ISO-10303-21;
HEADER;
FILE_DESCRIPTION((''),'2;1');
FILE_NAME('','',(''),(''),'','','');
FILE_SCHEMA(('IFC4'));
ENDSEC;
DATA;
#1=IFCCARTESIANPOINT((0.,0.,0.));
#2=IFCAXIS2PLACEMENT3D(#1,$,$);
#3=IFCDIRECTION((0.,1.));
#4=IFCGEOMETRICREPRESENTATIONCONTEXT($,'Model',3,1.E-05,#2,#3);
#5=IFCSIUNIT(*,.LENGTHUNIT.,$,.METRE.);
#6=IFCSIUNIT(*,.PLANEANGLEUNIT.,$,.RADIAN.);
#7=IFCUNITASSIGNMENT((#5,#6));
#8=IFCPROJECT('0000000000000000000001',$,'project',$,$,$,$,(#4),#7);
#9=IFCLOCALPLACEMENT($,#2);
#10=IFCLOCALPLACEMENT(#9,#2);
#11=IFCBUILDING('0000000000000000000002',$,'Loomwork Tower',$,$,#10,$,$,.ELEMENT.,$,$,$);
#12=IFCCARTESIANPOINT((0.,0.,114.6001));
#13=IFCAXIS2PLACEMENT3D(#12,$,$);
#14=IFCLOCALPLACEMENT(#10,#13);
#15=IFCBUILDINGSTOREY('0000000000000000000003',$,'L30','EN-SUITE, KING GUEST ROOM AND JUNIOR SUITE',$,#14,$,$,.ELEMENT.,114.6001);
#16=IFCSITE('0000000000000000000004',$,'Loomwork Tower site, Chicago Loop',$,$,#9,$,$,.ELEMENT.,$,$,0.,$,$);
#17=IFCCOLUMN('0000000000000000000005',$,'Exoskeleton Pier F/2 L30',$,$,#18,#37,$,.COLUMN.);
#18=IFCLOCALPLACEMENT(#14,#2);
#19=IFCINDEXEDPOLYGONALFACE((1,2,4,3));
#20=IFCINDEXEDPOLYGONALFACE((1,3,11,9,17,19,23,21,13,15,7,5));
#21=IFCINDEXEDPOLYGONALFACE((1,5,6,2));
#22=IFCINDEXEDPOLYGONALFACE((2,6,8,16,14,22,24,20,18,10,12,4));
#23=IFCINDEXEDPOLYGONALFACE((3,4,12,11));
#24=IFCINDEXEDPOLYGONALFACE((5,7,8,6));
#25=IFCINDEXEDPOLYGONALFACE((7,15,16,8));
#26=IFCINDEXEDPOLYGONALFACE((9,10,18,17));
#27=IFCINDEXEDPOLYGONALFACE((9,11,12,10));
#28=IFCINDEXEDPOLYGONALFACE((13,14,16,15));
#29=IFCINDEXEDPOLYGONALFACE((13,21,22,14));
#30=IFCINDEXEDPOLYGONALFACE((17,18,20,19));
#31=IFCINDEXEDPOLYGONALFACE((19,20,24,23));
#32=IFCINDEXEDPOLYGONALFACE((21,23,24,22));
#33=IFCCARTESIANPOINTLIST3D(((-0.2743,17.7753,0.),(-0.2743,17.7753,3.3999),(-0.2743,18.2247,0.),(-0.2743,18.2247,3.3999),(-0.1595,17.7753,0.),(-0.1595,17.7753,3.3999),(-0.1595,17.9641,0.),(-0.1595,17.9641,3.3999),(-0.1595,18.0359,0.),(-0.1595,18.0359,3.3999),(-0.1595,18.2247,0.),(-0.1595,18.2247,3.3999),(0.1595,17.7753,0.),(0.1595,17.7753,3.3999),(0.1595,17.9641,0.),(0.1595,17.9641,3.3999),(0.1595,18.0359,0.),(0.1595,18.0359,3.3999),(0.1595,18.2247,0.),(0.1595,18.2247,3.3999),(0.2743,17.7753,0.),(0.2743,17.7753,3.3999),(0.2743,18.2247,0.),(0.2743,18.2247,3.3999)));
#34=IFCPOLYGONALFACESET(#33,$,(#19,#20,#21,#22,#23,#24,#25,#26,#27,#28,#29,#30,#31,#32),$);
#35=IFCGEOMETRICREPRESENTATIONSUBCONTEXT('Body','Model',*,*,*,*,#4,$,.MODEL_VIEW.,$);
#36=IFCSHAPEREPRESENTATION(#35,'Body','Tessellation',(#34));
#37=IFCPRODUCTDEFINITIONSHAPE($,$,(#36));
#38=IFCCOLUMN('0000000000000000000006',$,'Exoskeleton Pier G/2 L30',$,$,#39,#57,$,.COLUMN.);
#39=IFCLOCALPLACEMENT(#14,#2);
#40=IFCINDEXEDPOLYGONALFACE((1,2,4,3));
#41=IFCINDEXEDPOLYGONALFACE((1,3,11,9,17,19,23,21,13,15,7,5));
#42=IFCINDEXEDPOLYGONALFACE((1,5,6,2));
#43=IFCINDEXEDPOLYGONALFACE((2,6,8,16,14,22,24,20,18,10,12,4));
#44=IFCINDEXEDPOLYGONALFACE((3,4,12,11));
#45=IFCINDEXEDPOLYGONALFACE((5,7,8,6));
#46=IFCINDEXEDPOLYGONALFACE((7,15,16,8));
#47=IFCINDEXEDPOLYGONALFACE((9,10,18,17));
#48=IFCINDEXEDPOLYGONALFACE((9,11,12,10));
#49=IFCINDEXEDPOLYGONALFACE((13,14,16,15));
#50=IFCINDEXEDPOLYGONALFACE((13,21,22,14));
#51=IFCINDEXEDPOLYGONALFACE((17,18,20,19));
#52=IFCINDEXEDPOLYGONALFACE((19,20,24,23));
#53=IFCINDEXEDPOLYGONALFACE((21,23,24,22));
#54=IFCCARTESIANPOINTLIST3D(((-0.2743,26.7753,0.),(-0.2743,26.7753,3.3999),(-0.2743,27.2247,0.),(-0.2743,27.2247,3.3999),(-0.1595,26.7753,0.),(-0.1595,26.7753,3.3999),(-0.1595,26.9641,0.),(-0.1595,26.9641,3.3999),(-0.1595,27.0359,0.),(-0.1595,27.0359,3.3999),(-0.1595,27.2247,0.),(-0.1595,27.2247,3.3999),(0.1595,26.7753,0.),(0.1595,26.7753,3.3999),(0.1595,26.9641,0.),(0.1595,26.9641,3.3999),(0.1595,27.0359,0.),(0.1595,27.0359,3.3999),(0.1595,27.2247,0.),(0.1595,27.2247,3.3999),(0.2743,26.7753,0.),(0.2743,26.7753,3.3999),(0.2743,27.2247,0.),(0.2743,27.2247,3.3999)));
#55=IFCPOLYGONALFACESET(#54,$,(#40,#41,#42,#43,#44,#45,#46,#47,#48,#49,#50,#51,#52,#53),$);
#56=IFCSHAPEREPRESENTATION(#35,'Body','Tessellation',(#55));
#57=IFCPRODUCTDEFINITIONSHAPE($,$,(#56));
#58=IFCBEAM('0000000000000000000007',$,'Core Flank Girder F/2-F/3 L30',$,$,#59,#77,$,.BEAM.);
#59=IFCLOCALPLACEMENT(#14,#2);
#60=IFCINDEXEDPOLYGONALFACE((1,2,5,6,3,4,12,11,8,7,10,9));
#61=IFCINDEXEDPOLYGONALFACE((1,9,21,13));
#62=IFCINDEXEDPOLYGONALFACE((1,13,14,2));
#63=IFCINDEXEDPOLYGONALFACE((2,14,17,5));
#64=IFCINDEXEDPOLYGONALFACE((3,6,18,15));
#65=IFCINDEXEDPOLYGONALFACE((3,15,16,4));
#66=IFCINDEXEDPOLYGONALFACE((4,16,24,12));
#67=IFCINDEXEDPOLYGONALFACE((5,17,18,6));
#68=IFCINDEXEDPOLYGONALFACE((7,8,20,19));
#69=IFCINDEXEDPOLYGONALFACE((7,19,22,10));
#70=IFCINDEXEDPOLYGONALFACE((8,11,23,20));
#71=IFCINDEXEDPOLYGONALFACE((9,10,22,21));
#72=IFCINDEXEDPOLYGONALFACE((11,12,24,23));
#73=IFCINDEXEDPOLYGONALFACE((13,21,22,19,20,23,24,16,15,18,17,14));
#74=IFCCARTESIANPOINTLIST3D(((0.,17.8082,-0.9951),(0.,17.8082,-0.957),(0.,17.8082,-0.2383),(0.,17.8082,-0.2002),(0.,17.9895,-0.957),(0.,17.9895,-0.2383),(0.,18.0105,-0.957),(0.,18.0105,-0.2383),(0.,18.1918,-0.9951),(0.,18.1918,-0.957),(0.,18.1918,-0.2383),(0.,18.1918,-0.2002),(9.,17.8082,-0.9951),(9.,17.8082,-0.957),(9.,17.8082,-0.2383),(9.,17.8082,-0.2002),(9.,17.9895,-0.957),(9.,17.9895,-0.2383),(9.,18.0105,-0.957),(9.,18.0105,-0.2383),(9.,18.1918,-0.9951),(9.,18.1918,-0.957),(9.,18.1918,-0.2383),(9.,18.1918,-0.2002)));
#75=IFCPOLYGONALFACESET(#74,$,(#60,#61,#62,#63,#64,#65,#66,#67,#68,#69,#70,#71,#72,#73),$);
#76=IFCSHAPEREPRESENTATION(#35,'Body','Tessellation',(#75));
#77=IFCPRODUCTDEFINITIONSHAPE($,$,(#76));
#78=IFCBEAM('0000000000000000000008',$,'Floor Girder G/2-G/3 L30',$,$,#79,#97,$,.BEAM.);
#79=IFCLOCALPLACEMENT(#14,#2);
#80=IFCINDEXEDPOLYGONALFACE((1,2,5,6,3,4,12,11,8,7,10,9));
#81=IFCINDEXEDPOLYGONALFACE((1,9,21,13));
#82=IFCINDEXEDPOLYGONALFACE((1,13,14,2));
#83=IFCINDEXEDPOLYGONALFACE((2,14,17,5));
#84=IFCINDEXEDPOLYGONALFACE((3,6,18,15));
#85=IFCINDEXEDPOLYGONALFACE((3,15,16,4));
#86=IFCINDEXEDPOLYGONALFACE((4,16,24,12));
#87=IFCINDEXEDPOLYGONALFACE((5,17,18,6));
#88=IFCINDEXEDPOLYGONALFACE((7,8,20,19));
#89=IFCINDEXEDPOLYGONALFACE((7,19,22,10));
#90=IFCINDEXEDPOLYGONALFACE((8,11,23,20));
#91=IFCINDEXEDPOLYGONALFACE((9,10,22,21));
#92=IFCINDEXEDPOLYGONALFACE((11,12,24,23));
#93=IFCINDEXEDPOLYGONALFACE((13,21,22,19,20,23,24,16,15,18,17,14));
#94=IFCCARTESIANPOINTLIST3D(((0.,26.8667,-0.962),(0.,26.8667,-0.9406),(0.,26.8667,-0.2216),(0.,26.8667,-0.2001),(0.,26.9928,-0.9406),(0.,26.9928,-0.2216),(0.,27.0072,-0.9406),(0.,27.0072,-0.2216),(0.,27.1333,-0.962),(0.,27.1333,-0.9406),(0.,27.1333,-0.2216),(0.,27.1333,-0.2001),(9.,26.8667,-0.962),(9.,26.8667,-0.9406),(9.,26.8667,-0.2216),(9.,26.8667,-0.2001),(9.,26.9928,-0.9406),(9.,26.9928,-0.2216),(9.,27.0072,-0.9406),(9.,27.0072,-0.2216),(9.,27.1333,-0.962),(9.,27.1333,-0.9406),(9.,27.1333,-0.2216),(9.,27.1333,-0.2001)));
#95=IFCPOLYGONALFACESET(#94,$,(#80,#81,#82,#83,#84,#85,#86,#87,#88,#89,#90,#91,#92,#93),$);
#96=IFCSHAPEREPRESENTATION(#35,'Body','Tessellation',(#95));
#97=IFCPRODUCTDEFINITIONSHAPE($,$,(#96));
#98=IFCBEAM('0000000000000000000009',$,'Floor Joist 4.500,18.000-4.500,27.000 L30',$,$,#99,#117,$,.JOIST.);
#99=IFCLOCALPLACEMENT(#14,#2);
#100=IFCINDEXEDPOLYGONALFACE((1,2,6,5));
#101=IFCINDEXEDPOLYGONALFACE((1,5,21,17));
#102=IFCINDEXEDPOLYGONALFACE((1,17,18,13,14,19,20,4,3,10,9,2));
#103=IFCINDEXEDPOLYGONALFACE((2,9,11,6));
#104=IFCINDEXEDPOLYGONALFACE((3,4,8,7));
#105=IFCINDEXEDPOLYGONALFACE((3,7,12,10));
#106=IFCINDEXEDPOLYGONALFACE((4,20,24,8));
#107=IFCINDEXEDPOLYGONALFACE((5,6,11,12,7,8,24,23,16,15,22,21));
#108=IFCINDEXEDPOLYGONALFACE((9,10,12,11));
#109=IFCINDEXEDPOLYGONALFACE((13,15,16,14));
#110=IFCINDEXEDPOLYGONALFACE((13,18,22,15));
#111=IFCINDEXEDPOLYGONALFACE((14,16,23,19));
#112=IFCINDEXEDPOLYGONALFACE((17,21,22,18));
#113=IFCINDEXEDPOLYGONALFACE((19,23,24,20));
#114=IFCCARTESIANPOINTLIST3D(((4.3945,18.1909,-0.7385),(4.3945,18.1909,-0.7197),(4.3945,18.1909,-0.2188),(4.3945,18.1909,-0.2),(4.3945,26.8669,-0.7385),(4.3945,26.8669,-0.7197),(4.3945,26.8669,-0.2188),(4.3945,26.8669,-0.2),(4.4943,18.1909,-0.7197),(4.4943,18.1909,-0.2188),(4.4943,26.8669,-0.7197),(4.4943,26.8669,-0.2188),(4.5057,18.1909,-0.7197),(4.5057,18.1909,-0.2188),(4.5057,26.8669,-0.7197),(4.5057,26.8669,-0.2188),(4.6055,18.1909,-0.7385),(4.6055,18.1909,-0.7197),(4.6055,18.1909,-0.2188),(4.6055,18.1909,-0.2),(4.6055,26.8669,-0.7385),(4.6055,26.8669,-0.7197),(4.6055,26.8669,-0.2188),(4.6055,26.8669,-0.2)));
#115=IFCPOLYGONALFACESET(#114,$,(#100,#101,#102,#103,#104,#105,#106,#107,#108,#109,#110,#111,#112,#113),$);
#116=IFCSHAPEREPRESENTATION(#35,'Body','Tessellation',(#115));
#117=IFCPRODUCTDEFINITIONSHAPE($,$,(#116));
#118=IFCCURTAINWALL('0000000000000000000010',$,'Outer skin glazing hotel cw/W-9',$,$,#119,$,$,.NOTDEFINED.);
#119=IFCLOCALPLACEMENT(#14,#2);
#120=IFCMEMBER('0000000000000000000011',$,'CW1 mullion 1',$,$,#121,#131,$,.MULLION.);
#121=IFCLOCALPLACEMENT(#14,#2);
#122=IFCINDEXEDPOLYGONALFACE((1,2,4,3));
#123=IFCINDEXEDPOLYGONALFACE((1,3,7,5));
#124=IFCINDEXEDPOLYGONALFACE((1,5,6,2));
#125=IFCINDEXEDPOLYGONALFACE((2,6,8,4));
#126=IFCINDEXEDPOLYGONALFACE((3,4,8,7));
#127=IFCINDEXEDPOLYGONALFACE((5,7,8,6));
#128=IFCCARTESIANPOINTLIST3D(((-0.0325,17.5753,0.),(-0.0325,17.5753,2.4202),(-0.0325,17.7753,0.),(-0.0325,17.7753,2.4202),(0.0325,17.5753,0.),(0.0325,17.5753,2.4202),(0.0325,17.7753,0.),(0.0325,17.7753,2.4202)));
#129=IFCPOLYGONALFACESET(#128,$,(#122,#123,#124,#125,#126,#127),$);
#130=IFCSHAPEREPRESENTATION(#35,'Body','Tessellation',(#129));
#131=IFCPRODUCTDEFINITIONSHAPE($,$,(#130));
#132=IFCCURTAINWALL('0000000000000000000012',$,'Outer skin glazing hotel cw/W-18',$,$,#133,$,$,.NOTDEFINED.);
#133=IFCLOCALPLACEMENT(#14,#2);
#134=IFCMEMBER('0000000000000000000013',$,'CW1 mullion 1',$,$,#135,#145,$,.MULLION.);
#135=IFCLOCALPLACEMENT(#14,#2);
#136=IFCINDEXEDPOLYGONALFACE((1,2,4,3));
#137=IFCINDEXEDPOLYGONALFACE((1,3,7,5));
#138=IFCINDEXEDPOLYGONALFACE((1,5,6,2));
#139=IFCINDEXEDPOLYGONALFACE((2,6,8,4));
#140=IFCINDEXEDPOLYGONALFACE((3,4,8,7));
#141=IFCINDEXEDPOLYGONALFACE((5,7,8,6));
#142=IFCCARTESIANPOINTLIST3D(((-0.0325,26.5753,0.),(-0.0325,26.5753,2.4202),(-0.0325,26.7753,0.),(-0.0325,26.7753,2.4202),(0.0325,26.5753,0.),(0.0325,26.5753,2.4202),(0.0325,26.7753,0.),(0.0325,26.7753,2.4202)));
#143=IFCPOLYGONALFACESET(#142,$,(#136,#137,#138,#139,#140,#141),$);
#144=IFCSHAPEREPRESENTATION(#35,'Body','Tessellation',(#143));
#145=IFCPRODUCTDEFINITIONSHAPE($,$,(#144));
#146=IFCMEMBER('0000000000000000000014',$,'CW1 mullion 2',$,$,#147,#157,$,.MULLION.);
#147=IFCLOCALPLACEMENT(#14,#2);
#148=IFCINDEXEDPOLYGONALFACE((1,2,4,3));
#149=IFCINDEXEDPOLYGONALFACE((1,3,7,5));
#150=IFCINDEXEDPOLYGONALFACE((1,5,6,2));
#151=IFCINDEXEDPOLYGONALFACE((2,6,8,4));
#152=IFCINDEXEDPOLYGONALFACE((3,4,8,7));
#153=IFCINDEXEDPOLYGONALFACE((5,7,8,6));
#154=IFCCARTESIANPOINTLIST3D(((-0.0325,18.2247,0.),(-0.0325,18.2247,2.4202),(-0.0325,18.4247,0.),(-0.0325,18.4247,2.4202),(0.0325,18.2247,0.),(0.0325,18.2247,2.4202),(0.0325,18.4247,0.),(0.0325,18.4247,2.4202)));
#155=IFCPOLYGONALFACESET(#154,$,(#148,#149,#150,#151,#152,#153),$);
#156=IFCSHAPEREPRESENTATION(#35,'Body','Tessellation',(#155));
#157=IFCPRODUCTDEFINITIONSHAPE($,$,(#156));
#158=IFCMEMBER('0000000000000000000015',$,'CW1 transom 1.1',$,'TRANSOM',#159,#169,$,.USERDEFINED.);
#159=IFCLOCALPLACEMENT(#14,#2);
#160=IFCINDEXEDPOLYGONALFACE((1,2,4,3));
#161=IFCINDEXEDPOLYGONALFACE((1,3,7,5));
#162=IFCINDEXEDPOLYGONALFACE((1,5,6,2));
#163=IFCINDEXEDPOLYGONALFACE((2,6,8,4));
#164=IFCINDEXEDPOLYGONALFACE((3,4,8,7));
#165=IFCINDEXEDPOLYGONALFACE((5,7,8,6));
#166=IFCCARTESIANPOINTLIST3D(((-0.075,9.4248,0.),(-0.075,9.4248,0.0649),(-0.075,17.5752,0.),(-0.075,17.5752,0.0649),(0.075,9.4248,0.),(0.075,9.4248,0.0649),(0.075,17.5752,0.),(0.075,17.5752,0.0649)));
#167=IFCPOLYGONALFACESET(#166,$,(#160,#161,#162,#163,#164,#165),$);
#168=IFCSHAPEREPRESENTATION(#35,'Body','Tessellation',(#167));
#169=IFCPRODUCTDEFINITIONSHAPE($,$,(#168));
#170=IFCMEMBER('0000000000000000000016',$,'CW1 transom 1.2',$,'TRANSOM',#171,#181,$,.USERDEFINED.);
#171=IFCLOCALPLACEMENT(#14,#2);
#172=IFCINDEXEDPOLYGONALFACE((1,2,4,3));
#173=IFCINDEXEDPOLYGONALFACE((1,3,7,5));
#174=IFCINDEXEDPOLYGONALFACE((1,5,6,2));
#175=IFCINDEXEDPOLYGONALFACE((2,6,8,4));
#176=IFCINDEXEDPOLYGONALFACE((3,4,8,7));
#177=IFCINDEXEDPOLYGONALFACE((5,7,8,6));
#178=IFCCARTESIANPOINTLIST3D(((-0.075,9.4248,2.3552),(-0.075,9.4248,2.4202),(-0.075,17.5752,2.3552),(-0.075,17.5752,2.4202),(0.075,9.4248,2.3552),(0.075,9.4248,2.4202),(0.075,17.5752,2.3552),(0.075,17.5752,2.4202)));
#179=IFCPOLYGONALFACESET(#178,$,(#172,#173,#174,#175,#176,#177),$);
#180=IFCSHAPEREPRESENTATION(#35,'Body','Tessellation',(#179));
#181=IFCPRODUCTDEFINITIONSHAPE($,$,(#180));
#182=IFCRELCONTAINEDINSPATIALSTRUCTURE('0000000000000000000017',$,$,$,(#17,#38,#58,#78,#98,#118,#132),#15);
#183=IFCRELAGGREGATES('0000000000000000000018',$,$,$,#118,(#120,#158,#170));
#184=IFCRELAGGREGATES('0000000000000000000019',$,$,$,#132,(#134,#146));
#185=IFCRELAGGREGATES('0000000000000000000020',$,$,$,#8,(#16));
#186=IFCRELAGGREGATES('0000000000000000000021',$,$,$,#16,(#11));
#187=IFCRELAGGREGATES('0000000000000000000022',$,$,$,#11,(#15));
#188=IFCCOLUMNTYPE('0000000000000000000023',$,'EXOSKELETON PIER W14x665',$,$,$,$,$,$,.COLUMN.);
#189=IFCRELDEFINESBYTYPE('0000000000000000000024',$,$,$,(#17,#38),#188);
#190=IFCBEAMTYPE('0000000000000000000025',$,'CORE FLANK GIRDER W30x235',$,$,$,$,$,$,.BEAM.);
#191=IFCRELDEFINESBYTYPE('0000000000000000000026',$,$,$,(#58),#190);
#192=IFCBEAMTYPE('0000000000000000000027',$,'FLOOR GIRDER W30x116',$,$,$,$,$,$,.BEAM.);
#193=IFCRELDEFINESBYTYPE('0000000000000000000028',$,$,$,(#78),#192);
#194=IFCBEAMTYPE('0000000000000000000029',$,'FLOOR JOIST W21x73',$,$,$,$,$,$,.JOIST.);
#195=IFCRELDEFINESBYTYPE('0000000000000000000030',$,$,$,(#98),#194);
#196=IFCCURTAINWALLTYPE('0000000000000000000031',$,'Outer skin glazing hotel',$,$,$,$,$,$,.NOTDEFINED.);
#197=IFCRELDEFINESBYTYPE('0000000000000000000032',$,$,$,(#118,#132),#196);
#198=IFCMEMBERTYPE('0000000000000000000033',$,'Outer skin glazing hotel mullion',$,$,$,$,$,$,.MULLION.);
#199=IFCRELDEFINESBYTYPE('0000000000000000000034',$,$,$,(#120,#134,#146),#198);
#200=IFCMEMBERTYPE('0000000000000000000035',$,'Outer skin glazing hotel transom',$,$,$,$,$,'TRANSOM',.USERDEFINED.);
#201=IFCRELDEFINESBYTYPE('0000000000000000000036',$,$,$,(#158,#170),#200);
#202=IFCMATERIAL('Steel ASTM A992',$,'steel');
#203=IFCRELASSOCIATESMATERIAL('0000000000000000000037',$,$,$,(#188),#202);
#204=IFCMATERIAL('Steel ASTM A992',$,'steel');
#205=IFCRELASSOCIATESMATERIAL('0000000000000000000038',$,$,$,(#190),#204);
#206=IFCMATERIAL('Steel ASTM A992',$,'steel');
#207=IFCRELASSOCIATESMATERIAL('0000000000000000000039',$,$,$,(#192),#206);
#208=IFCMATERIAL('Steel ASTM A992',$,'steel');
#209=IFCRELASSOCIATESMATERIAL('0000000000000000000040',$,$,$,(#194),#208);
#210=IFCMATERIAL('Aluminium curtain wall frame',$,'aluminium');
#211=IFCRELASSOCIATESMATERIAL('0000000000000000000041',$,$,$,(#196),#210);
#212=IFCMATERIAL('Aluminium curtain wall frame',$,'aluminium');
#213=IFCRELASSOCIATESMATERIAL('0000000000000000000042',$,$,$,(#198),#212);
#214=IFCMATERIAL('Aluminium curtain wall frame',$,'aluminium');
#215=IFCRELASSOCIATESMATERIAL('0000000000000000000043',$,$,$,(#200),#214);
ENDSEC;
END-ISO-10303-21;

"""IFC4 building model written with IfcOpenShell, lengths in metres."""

from ifc_helpers import new_model, si_unit, direction, frame, origin, origin_2d, place, context, subcontext, project, spatial, rectangle, i_section, extrude, material, material_profile, profile_set, type_object, element, aggregate, save


model = new_model("IFC4")

# Units and contexts
model_context = context("Model", 3, precision=1e-05, world=origin(), true_north=direction((0.0, 1.0)))
body_context = subcontext(model_context, "Body", "Model", "MODEL_VIEW")
ifc_project = project(units=[si_unit("LENGTHUNIT", "METRE"), si_unit("PLANEANGLEUNIT", "RADIAN")], contexts=[model_context])

# Site, building, storey
site_placement = place(None, origin())
site = spatial("IfcSite", under=ifc_project, at=site_placement, Name="Loomwork Tower site, Chicago Loop", CompositionType="ELEMENT", RefElevation=0.0)
building_placement = place(site_placement, origin())
building = spatial("IfcBuilding", under=site, at=building_placement, Name="Loomwork Tower", CompositionType="ELEMENT")
storey_placement = place(building_placement, frame((0.0, 0.0, 114.6001)))
storey = spatial("IfcBuildingStorey", under=building, at=storey_placement, Name="L30", Description="EN-SUITE, KING GUEST ROOM AND JUNIOR SUITE", CompositionType="ELEMENT", Elevation=114.6001)

# Columns
ifc_material_1 = material(Name="Steel ASTM A992", Category="steel")
ifc_material_profile_1 = material_profile(ifc_material_1, i_section(OverallWidth=0.4495, OverallDepth=0.5486, WebThickness=0.0718, FlangeThickness=0.1147, at=origin_2d()), Name="W14x665")
ifc_profile_set_1 = profile_set([ifc_material_profile_1], Name="Steel ASTM A992")
column_type = type_object("IfcColumnType", Name="EXOSKELETON PIER W14x665", PredefinedType="COLUMN", material=ifc_profile_set_1)
for number, where, z_axis, x_axis, name in (
    (1, (0.0, 18.0, 0.0), (0.0, 0.0, 1.0), (0.0, 1.0, 0.0), "Exoskeleton Pier F/2 L30"),
    (2, (0.0, 27.0, 0.0), (0.0, 0.0, 1.0), (0.0, 1.0, 0.0), "Exoskeleton Pier G/2 L30"),
):
    element("IfcColumn", number, at=place(storey_placement, frame(where, z_axis=z_axis, x_axis=x_axis)), inside=storey, type_object=column_type, Name=name, PredefinedType="COLUMN", context=body_context, shape_type="SweptSolid", body=[
        extrude(i_section(OverallWidth=0.4495, OverallDepth=0.5486, WebThickness=0.0718, FlangeThickness=0.1147, at=origin_2d()), origin(), (0.0, 0.0, 1.0), 3.3999),
    ])

# Beams
ifc_material_2 = material(Name="Steel ASTM A992", Category="steel")
ifc_material_profile_2 = material_profile(ifc_material_2, i_section(OverallWidth=0.3835, OverallDepth=0.7949, WebThickness=0.021, FlangeThickness=0.0381, at=origin_2d()), Name="W30x235")
ifc_profile_set_2 = profile_set([ifc_material_profile_2], Name="Steel ASTM A992")
beam_type_1 = type_object("IfcBeamType", Name="CORE FLANK GIRDER W30x235", PredefinedType="BEAM", material=ifc_profile_set_2)
beam_1_placement = place(storey_placement, frame((0.0, 18.0, -0.5977), z_axis=(1.0, 0.0, 0.0), x_axis=(0.0, 1.0, 0.0)))
element("IfcBeam", 3, at=beam_1_placement, inside=storey, type_object=beam_type_1, Name="Core Flank Girder F/2-F/3 L30", PredefinedType="BEAM", context=body_context, shape_type="SweptSolid", body=[
    extrude(i_section(OverallWidth=0.3835, OverallDepth=0.7949, WebThickness=0.021, FlangeThickness=0.0381, at=origin_2d()), origin(), (0.0, 0.0, 1.0), 9.0),
])
ifc_material_3 = material(Name="Steel ASTM A992", Category="steel")
ifc_material_profile_3 = material_profile(ifc_material_3, i_section(OverallWidth=0.2666, OverallDepth=0.762, WebThickness=0.0144, FlangeThickness=0.0215, at=origin_2d()), Name="W30x116")
ifc_profile_set_3 = profile_set([ifc_material_profile_3], Name="Steel ASTM A992")
beam_type_2 = type_object("IfcBeamType", Name="FLOOR GIRDER W30x116", PredefinedType="BEAM", material=ifc_profile_set_3)
beam_2_placement = place(storey_placement, frame((0.0, 27.0, -0.5811), z_axis=(1.0, 0.0, 0.0), x_axis=(0.0, 1.0, 0.0)))
element("IfcBeam", 4, at=beam_2_placement, inside=storey, type_object=beam_type_2, Name="Floor Girder G/2-G/3 L30", PredefinedType="BEAM", context=body_context, shape_type="SweptSolid", body=[
    extrude(i_section(OverallWidth=0.2666, OverallDepth=0.762, WebThickness=0.0144, FlangeThickness=0.0215, at=origin_2d()), origin(), (0.0, 0.0, 1.0), 9.0),
])
ifc_material_4 = material(Name="Steel ASTM A992", Category="steel")
ifc_material_profile_4 = material_profile(ifc_material_4, i_section(OverallWidth=0.2109, OverallDepth=0.5386, WebThickness=0.0115, FlangeThickness=0.0188, at=origin_2d()), Name="W21x73")
ifc_profile_set_4 = profile_set([ifc_material_profile_4], Name="Steel ASTM A992")
beam_type_3 = type_object("IfcBeamType", Name="FLOOR JOIST W21x73", PredefinedType="JOIST", material=ifc_profile_set_4)
beam_3_placement = place(storey_placement, frame((4.5, 18.1909, -0.4692), z_axis=(0.0, 1.0, 0.0), x_axis=(-1.0, 0.0, 0.0)))
element("IfcBeam", 5, at=beam_3_placement, inside=storey, type_object=beam_type_3, Name="Floor Joist 4.500,18.000-4.500,27.000 L30", PredefinedType="JOIST", context=body_context, shape_type="SweptSolid", body=[
    extrude(i_section(OverallWidth=0.2109, OverallDepth=0.5386, WebThickness=0.0115, FlangeThickness=0.0188, at=origin_2d()), origin(), (0.0, 0.0, 1.0), 8.676),
])

# Curtain wall, member
ifc_material_5 = material(Name="Aluminium curtain wall frame", Category="aluminium")
curtain_wall_type = type_object("IfcCurtainWallType", Name="Outer skin glazing hotel", PredefinedType="NOTDEFINED", material=ifc_material_5)
curtain_wall_1_placement = place(storey_placement, origin())
curtain_wall_1 = element("IfcCurtainWall", 6, at=curtain_wall_1_placement, inside=storey, type_object=curtain_wall_type, Name="Outer skin glazing hotel cw/W-9", PredefinedType="NOTDEFINED")
ifc_material_6 = material(Name="Aluminium curtain wall frame", Category="aluminium")
ifc_material_profile_5 = material_profile(ifc_material_6, rectangle(XDim=0.0649, YDim=0.2, at=origin_2d()), Name="AL 65x200")
ifc_profile_set_5 = profile_set([ifc_material_profile_5], Name="Aluminium curtain wall frame")
member_type_1 = type_object("IfcMemberType", Name="Outer skin glazing hotel mullion", PredefinedType="MULLION", material=ifc_profile_set_5)
member_1_placement = place(storey_placement, frame((0.0, 17.6753, 0.0), z_axis=(0.0, 0.0, 1.0), x_axis=(1.0, 0.0, 0.0)))
member_1 = element("IfcMember", 7, at=member_1_placement, type_object=member_type_1, Name="CW1 mullion 1", PredefinedType="MULLION", context=body_context, shape_type="SweptSolid", body=[
    extrude(rectangle(XDim=0.0649, YDim=0.2, at=origin_2d()), origin(), (0.0, 0.0, 1.0), 2.4202),
])

# Curtain wall, members
curtain_wall_2_placement = place(storey_placement, origin())
curtain_wall_2 = element("IfcCurtainWall", 8, at=curtain_wall_2_placement, inside=storey, type_object=curtain_wall_type, Name="Outer skin glazing hotel cw/W-18", PredefinedType="NOTDEFINED")
member_2_placement = place(storey_placement, frame((0.0, 26.6753, 0.0), z_axis=(0.0, 0.0, 1.0), x_axis=(1.0, 0.0, 0.0)))
member_2 = element("IfcMember", 9, at=member_2_placement, type_object=member_type_1, Name="CW1 mullion 1", PredefinedType="MULLION", context=body_context, shape_type="SweptSolid", body=[
    extrude(rectangle(XDim=0.0649, YDim=0.2, at=origin_2d()), origin(), (0.0, 0.0, 1.0), 2.4202),
])
member_3_placement = place(storey_placement, frame((0.0, 18.3247, 0.0), z_axis=(0.0, 0.0, 1.0), x_axis=(1.0, 0.0, 0.0)))
member_3 = element("IfcMember", 10, at=member_3_placement, type_object=member_type_1, Name="CW1 mullion 2", PredefinedType="MULLION", context=body_context, shape_type="SweptSolid", body=[
    extrude(rectangle(XDim=0.0649, YDim=0.2, at=origin_2d()), origin(), (0.0, 0.0, 1.0), 2.4202),
])

# Members
ifc_material_7 = material(Name="Aluminium curtain wall frame", Category="aluminium")
ifc_material_profile_6 = material_profile(ifc_material_7, rectangle(XDim=0.1499, YDim=0.0649, at=origin_2d()), Name="AL 65x150")
ifc_profile_set_6 = profile_set([ifc_material_profile_6], Name="Aluminium curtain wall frame")
member_type_2 = type_object("IfcMemberType", Name="Outer skin glazing hotel transom", ElementType="TRANSOM", PredefinedType="USERDEFINED", material=ifc_profile_set_6)
member_4_placement = place(storey_placement, frame((0.0, 17.5752, 0.0325), z_axis=(0.0, -1.0, 0.0), x_axis=(1.0, 0.0, 0.0)))
member_4 = element("IfcMember", 11, at=member_4_placement, type_object=member_type_2, Name="CW1 transom 1.1", ObjectType="TRANSOM", PredefinedType="USERDEFINED", context=body_context, shape_type="SweptSolid", body=[
    extrude(rectangle(XDim=0.1499, YDim=0.0649, at=origin_2d()), origin(), (0.0, 0.0, 1.0), 8.1504),
])
member_5_placement = place(storey_placement, frame((0.0, 17.5752, 2.3877), z_axis=(0.0, -1.0, 0.0), x_axis=(1.0, 0.0, 0.0)))
member_5 = element("IfcMember", 12, at=member_5_placement, type_object=member_type_2, Name="CW1 transom 1.2", ObjectType="TRANSOM", PredefinedType="USERDEFINED", context=body_context, shape_type="SweptSolid", body=[
    extrude(rectangle(XDim=0.1499, YDim=0.0649, at=origin_2d()), origin(), (0.0, 0.0, 1.0), 8.1504),
])
aggregate(curtain_wall_1, [member_1, member_4, member_5])

aggregate(curtain_wall_2, [member_2, member_3])

save(model, "model.ifc")
